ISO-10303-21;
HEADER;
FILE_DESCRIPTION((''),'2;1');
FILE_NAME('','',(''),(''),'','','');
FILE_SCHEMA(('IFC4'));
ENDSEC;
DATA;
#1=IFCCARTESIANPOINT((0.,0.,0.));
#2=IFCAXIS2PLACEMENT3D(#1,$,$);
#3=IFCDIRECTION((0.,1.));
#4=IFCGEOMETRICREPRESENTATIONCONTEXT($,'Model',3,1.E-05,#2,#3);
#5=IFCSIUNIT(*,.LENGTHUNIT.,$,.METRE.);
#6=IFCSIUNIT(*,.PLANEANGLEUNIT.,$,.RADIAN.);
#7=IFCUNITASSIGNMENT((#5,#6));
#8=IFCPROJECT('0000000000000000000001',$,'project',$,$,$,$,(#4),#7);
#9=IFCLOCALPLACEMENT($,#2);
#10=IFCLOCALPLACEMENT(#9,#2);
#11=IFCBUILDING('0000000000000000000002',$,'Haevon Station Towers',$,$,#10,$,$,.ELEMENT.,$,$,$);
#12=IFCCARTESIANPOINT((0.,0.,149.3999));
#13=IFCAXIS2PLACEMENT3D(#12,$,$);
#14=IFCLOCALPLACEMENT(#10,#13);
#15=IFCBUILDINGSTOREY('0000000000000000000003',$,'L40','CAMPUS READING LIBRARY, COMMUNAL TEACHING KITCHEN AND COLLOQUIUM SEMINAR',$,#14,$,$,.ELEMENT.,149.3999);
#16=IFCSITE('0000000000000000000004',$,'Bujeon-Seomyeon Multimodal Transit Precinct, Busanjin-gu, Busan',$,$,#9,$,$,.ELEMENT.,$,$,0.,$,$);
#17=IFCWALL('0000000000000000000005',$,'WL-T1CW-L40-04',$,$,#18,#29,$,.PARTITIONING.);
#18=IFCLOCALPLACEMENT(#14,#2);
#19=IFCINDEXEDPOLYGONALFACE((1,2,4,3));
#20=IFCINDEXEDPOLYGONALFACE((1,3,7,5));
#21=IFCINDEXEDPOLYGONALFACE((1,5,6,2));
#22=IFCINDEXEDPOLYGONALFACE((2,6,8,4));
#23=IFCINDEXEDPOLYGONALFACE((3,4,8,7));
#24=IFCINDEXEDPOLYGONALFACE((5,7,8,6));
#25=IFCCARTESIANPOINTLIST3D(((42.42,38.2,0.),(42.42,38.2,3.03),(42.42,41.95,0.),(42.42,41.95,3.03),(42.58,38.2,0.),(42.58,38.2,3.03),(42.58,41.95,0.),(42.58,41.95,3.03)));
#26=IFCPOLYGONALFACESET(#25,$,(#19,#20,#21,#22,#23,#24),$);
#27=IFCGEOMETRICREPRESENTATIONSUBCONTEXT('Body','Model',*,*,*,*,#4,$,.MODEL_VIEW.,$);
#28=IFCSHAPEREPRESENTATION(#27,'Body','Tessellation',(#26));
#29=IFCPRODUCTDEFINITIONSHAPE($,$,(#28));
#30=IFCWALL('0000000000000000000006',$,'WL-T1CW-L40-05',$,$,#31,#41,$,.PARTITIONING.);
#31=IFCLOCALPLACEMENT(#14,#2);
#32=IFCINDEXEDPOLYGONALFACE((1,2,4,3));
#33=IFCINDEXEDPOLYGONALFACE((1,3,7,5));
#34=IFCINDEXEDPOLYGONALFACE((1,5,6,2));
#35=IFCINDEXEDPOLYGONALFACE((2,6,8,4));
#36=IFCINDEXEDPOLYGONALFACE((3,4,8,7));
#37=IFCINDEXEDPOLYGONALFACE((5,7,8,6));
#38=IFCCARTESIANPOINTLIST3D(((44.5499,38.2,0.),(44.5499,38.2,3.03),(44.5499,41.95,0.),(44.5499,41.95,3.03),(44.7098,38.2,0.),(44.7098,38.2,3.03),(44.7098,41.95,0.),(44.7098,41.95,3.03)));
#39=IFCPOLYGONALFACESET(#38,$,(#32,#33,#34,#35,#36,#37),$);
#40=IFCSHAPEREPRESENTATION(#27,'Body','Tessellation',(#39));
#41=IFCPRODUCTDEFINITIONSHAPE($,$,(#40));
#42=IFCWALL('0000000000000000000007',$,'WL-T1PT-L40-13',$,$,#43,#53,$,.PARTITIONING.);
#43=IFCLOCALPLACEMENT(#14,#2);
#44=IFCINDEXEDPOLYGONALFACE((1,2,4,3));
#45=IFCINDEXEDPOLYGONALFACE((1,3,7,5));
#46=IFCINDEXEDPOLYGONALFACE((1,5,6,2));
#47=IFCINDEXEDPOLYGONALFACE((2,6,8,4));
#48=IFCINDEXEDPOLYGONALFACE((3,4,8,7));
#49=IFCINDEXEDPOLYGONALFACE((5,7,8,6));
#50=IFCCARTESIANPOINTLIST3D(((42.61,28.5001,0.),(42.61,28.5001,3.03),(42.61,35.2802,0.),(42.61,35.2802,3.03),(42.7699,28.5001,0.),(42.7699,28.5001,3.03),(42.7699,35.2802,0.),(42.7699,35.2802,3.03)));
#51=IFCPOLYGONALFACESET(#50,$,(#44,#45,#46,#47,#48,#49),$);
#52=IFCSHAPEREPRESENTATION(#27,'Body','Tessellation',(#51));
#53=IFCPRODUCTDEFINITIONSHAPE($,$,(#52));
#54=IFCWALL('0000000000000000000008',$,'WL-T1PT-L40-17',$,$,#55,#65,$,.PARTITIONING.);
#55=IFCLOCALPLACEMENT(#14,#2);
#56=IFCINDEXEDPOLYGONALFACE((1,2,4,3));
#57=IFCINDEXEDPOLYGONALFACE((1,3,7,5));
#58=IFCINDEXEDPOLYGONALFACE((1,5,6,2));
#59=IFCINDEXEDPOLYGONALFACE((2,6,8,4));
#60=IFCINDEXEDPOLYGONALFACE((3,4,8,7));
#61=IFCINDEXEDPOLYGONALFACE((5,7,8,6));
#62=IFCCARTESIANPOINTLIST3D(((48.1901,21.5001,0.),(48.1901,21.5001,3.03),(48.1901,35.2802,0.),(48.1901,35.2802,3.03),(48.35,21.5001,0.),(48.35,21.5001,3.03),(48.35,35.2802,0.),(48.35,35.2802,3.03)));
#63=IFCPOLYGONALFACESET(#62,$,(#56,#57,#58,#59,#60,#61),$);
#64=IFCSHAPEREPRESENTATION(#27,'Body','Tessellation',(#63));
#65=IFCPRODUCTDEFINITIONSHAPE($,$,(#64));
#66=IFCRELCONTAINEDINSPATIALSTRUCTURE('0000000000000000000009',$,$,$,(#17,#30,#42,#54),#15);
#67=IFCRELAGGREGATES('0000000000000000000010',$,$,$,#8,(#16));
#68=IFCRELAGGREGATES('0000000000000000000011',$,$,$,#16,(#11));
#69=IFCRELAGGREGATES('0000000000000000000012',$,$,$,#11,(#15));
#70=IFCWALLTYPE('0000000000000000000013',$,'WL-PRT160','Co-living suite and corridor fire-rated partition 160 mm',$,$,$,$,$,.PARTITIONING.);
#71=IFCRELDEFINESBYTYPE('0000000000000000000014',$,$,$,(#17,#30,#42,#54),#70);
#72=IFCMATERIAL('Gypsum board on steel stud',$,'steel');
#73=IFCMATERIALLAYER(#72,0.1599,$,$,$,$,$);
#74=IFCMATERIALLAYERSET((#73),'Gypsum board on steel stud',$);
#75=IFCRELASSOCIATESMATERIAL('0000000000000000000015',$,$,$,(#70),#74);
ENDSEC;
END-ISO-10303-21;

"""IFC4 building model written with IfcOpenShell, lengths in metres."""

from ifc_helpers import new_model, si_unit, direction, frame, frame_2d, origin, place, context, subcontext, project, spatial, rectangle, extrude, material, layer, layer_set, type_object, element, save


model = new_model("IFC4")

# Units and contexts
model_context = context("Model", 3, precision=1e-05, world=origin(), true_north=direction((0.0, 1.0)))
body_context = subcontext(model_context, "Body", "Model", "MODEL_VIEW")
ifc_project = project(units=[si_unit("LENGTHUNIT", "METRE"), si_unit("PLANEANGLEUNIT", "RADIAN")], contexts=[model_context])

# Site, building, storey
site_placement = place(None, origin())
site = spatial("IfcSite", under=ifc_project, at=site_placement, Name="Bujeon-Seomyeon Multimodal Transit Precinct, Busanjin-gu, Busan", CompositionType="ELEMENT", RefElevation=0.0)
building_placement = place(site_placement, origin())
building = spatial("IfcBuilding", under=site, at=building_placement, Name="Haevon Station Towers", CompositionType="ELEMENT")
storey_placement = place(building_placement, frame((0.0, 0.0, 149.3999)))
storey = spatial("IfcBuildingStorey", under=building, at=storey_placement, Name="L40", Description="CAMPUS READING LIBRARY, COMMUNAL TEACHING KITCHEN AND COLLOQUIUM SEMINAR", CompositionType="ELEMENT", Elevation=149.3999)

# Shared definitions
ifc_material_1 = material(Name="Gypsum board on steel stud", Category="steel")

# Walls
ifc_layer_1 = layer(ifc_material_1, 0.1599)
ifc_layer_set_1 = layer_set([ifc_layer_1], Name="Gypsum board on steel stud")
wall_type_1 = type_object("IfcWallType", Name="WL-PRT160", Description="Co-living suite and corridor fire-rated partition 160 mm", PredefinedType="PARTITIONING", material=ifc_layer_set_1)
for number, where, z_axis, x_axis, name in (
    (1, (42.5, 38.2, 0.0), (0.0, 0.0, 1.0), (0.0, 1.0, 0.0), "WL-T1CW-L40-04"),
    (2, (44.6299, 38.2, 0.0), (0.0, 0.0, 1.0), (0.0, 1.0, 0.0), "WL-T1CW-L40-05"),
):
    element("IfcWall", number, at=place(storey_placement, frame(where, z_axis=z_axis, x_axis=x_axis)), inside=storey, type_object=wall_type_1, Name=name, PredefinedType="PARTITIONING", context=body_context, shape_type="SweptSolid", body=[
        extrude(rectangle(XDim=3.75, YDim=0.1599, at=frame_2d((1.875, 0.0))), origin(), (0.0, 0.0, 1.0), 3.03),
    ])
wall_1_placement = place(storey_placement, frame((42.6899, 28.5, 0.0), z_axis=(0.0, 0.0, 1.0), x_axis=(0.0, 1.0, 0.0)))
element("IfcWall", 3, at=wall_1_placement, inside=storey, type_object=wall_type_1, Name="WL-T1PT-L40-13", PredefinedType="PARTITIONING", context=body_context, shape_type="SweptSolid", body=[
    extrude(rectangle(XDim=6.78, YDim=0.1599, at=frame_2d((3.3901, 0.0))), origin(), (0.0, 0.0, 1.0), 3.03),
])
wall_2_placement = place(storey_placement, frame((48.27, 21.5, 0.0), z_axis=(0.0, 0.0, 1.0), x_axis=(0.0, 1.0, 0.0)))
element("IfcWall", 4, at=wall_2_placement, inside=storey, type_object=wall_type_1, Name="WL-T1PT-L40-17", PredefinedType="PARTITIONING", context=body_context, shape_type="SweptSolid", body=[
    extrude(rectangle(XDim=13.78, YDim=0.1599, at=frame_2d((6.8901, 0.0))), origin(), (0.0, 0.0, 1.0), 3.03),
])

save(model, "model.ifc")
